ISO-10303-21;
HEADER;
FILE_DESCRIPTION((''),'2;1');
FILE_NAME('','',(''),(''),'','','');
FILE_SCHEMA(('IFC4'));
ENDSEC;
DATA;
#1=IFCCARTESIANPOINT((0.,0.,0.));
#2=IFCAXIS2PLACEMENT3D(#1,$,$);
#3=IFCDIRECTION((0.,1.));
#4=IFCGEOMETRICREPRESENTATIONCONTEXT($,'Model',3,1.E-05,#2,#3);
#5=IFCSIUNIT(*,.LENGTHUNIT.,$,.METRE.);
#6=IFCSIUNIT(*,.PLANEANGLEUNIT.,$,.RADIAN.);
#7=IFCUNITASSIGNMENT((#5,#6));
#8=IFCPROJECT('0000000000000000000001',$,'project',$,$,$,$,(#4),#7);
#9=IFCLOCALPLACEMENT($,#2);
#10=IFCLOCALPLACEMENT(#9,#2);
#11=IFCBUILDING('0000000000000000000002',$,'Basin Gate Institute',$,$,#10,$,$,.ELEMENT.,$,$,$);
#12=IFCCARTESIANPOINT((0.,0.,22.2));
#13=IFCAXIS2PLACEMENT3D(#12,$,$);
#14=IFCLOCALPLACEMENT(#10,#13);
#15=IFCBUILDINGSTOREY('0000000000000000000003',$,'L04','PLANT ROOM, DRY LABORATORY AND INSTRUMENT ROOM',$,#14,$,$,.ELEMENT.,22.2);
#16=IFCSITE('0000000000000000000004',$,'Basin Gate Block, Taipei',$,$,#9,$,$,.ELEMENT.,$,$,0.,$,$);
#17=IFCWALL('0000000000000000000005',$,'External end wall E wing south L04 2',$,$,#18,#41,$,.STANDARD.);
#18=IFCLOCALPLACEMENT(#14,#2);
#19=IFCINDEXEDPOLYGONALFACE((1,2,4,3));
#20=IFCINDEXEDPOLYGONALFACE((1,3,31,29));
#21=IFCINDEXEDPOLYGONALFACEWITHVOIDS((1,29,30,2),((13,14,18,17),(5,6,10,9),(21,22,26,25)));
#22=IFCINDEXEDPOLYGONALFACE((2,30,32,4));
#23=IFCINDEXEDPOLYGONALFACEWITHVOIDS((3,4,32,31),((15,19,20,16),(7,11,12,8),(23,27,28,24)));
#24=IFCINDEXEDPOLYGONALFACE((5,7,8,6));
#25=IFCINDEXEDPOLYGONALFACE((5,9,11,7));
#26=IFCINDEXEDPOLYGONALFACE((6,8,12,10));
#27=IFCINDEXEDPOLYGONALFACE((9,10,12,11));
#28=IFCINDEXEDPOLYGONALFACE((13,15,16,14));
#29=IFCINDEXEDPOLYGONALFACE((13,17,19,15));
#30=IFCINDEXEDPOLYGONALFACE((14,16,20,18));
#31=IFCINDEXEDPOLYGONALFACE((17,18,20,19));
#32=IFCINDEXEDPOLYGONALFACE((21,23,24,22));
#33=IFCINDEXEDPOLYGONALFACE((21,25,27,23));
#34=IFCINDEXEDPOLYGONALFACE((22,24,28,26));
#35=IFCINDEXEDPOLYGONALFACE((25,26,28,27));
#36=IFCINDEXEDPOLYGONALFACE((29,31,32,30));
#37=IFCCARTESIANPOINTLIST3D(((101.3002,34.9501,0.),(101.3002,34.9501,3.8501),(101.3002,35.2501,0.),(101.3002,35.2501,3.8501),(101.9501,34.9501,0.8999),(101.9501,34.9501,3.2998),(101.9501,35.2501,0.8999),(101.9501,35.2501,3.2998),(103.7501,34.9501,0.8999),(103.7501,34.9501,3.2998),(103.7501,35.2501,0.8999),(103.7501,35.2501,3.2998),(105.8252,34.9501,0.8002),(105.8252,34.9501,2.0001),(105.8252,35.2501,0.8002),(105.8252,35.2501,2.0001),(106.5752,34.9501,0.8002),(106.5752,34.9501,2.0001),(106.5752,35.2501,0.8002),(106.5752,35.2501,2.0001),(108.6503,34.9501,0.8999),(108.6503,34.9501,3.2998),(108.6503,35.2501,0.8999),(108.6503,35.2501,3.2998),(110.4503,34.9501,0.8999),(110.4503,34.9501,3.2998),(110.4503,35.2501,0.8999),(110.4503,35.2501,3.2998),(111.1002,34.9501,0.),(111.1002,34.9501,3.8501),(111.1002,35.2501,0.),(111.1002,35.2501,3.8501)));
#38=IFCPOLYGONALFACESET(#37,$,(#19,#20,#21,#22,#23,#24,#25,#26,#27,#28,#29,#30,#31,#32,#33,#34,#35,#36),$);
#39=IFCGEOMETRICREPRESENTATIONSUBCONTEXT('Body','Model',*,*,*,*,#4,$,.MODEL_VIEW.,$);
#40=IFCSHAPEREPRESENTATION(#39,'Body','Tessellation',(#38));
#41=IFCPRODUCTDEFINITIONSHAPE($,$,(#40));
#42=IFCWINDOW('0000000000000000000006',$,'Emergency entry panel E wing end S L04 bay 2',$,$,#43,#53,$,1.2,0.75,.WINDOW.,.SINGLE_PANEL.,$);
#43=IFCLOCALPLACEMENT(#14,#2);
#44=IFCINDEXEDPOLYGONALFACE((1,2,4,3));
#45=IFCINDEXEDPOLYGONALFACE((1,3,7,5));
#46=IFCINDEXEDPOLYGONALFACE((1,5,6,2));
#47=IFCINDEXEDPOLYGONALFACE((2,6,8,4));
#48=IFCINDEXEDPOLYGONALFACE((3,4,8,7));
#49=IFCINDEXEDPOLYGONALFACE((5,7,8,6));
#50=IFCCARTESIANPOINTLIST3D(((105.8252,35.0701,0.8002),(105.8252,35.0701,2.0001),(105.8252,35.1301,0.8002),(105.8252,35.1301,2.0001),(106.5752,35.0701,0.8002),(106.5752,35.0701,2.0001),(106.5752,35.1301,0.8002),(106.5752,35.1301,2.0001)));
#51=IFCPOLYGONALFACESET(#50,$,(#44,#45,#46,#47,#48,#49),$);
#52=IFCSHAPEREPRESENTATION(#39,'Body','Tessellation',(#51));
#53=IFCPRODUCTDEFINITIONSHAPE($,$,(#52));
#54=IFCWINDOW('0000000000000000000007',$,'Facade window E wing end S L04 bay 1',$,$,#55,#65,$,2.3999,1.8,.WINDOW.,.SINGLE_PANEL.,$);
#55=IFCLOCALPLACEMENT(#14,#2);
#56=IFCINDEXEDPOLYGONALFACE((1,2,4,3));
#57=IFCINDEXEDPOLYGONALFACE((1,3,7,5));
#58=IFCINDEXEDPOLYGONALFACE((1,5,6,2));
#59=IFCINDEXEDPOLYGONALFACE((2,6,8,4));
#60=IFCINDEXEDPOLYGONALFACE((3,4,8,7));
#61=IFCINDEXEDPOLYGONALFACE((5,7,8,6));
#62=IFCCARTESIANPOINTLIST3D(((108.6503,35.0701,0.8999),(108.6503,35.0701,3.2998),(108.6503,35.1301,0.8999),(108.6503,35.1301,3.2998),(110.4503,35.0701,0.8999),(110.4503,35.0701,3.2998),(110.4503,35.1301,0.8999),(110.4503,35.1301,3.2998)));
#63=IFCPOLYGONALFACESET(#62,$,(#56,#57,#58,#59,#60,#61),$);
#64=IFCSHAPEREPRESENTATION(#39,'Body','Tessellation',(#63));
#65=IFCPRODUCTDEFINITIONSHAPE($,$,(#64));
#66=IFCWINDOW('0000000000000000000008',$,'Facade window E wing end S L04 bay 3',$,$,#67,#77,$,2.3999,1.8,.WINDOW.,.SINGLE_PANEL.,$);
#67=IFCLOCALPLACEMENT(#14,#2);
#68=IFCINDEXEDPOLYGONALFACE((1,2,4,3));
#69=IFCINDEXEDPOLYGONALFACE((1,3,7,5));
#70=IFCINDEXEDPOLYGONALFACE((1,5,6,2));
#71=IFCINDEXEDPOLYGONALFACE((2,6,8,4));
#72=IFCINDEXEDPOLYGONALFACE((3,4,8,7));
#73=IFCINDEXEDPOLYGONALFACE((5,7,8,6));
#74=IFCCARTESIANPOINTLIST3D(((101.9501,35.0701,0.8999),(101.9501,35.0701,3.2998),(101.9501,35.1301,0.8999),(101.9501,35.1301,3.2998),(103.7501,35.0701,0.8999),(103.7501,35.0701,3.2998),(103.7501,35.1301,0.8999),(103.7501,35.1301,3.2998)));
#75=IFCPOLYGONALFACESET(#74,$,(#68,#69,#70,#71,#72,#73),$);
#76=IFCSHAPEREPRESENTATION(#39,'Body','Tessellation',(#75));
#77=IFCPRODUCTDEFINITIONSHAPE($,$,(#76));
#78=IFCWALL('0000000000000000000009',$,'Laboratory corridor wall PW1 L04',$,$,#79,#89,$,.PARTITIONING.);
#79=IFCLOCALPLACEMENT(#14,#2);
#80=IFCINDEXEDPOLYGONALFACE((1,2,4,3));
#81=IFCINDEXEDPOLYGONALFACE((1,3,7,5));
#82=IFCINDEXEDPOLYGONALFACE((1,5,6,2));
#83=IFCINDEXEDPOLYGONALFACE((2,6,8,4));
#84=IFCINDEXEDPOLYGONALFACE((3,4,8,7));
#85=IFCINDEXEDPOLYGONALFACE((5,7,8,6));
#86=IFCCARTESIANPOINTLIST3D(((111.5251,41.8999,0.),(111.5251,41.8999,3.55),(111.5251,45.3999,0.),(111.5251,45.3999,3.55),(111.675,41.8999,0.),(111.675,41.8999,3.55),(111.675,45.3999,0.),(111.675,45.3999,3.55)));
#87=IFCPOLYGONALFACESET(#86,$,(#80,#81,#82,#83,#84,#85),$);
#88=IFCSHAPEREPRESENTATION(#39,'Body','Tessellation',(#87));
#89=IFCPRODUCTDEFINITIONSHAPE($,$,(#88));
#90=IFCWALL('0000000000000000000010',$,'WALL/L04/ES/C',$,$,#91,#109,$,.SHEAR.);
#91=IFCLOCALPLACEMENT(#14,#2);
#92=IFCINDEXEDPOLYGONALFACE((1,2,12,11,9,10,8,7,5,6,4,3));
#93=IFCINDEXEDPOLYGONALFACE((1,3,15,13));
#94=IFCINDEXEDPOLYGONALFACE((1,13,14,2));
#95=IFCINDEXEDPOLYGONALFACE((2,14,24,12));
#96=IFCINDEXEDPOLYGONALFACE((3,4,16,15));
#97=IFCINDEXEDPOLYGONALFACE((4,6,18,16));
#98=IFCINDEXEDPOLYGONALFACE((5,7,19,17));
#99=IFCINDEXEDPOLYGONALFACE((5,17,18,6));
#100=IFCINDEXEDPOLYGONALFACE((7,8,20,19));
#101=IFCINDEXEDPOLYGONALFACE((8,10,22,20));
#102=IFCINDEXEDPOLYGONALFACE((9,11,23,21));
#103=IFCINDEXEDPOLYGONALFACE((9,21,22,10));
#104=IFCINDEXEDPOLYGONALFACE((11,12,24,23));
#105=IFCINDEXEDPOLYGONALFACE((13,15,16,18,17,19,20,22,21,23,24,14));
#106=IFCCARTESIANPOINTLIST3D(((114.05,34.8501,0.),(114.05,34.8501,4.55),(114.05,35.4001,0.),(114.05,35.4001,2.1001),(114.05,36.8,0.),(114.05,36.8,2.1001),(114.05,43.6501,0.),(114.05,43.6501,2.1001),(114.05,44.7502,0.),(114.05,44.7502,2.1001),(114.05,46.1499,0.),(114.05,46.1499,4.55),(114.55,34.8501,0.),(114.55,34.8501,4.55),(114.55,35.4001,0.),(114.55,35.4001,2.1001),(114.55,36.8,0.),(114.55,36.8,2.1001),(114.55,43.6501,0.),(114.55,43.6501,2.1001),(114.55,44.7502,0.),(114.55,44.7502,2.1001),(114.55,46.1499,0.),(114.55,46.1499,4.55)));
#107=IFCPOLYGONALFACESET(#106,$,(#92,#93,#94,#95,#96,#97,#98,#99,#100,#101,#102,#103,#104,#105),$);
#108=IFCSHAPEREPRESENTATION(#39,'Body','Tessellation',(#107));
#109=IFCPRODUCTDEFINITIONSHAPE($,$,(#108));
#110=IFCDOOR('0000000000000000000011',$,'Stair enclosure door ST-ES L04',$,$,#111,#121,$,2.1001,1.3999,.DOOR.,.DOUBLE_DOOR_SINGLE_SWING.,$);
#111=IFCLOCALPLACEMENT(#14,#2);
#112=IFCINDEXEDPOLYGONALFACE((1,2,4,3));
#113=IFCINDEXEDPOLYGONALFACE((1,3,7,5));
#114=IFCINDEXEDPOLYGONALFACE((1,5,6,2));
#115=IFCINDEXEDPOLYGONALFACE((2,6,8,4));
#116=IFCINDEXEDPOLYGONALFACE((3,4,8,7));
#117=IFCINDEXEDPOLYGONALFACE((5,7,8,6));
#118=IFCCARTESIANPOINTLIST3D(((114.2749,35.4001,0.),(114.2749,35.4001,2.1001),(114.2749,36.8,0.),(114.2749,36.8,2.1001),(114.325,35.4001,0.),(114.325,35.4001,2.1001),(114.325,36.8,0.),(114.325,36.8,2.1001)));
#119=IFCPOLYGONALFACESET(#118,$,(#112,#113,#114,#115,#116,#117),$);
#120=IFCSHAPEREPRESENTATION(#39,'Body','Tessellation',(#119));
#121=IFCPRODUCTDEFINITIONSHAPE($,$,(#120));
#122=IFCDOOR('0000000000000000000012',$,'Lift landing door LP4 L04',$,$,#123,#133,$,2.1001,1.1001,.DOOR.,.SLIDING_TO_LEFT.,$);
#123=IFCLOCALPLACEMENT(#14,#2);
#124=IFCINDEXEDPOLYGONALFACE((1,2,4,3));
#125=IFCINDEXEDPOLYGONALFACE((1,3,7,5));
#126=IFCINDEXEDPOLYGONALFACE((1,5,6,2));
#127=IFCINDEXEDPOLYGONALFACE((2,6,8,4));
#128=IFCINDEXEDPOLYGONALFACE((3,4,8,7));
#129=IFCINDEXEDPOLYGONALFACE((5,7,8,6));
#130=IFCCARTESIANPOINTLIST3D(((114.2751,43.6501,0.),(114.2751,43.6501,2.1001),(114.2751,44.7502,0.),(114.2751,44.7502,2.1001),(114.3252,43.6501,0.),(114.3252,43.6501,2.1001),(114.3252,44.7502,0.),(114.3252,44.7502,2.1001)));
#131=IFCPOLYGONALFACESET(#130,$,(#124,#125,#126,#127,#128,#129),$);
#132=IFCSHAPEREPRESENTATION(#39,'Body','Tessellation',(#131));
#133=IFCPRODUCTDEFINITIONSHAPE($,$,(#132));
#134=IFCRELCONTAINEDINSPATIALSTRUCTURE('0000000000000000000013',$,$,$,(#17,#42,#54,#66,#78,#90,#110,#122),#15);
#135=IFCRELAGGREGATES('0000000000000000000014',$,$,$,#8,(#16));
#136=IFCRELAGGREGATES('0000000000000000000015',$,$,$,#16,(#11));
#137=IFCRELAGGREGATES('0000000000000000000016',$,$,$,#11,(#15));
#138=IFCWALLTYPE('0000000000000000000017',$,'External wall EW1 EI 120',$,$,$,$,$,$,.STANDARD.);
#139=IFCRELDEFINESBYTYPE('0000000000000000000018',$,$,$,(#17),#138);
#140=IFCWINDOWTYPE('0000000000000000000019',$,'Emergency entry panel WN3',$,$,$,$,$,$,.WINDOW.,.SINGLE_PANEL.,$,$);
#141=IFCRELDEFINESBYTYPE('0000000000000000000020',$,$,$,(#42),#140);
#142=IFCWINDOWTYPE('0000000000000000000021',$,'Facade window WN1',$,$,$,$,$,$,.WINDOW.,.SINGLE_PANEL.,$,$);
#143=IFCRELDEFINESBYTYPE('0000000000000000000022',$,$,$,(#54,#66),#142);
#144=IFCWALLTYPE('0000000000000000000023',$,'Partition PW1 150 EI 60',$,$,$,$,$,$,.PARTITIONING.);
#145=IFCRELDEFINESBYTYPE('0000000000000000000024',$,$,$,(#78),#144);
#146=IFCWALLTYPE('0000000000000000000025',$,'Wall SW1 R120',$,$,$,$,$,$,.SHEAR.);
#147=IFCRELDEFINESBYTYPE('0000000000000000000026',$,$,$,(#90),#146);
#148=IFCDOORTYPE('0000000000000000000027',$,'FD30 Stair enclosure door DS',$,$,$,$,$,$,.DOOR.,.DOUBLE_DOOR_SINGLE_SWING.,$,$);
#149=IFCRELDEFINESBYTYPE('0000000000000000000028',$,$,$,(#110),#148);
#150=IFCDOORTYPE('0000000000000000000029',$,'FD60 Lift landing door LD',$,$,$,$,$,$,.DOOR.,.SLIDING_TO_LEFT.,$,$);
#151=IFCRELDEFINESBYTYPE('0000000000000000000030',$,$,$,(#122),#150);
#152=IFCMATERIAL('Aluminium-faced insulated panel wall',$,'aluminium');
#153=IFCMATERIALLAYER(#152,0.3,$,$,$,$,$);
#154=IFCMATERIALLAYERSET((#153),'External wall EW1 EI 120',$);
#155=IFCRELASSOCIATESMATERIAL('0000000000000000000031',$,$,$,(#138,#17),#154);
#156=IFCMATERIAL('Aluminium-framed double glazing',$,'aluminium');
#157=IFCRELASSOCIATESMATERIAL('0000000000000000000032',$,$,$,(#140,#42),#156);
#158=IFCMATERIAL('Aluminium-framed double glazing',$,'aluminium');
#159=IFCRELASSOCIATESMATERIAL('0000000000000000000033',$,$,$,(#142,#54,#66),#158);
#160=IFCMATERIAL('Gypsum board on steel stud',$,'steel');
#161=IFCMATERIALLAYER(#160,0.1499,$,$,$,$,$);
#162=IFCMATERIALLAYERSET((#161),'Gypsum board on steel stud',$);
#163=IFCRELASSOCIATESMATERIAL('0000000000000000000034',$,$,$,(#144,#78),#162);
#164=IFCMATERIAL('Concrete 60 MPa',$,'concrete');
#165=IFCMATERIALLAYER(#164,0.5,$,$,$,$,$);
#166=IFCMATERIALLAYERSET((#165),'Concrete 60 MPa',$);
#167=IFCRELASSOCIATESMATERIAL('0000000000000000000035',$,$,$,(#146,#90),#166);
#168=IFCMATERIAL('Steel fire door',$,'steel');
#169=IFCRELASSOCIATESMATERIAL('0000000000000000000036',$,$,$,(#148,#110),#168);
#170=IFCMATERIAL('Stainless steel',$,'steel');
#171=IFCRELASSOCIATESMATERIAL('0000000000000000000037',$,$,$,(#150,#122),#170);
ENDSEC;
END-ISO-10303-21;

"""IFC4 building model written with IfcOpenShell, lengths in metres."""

from ifc_helpers import new_model, si_unit, direction, frame, frame_2d, origin, place, context, subcontext, project, spatial, rectangle, extrude, material, layer, layer_set, type_object, element, fill, save


model = new_model("IFC4")

# Units and contexts
model_context = context("Model", 3, precision=1e-05, world=origin(), true_north=direction((0.0, 1.0)))
body_context = subcontext(model_context, "Body", "Model", "MODEL_VIEW")
ifc_project = project(units=[si_unit("LENGTHUNIT", "METRE"), si_unit("PLANEANGLEUNIT", "RADIAN")], contexts=[model_context])

# Site, building, storey
site_placement = place(None, origin())
site = spatial("IfcSite", under=ifc_project, at=site_placement, Name="Basin Gate Block, Taipei", CompositionType="ELEMENT", RefElevation=0.0)
building_placement = place(site_placement, origin())
building = spatial("IfcBuilding", under=site, at=building_placement, Name="Basin Gate Institute", CompositionType="ELEMENT")
storey_placement = place(building_placement, frame((0.0, 0.0, 22.2)))
storey = spatial("IfcBuildingStorey", under=building, at=storey_placement, Name="L04", Description="PLANT ROOM, DRY LABORATORY AND INSTRUMENT ROOM", CompositionType="ELEMENT", Elevation=22.2)

# Shared definitions
ifc_material_1 = material(Name="Aluminium-faced insulated panel wall", Category="aluminium")
ifc_layer_1 = layer(ifc_material_1, 0.3)
ifc_layer_set_1 = layer_set([ifc_layer_1], Name="External wall EW1 EI 120")
wall_type_1 = type_object("IfcWallType", Name="External wall EW1 EI 120", PredefinedType="STANDARD", material=ifc_layer_set_1)

# Wall, openings, windows
wall_1_placement = place(storey_placement, frame((111.1001, 35.1001, 0.0), z_axis=(0.0, 0.0, 1.0), x_axis=(-1.0, 0.0, 0.0)))
wall_1 = element("IfcWall", 1, at=wall_1_placement, inside=storey, type_object=wall_type_1, material=ifc_layer_set_1, Name="External end wall E wing south L04 2", PredefinedType="STANDARD", context=body_context, shape_type="SweptSolid", body=[
    extrude(rectangle(XDim=9.8, YDim=0.3, at=frame_2d((4.8999, 0.0))), origin(), (0.0, 0.0, 1.0), 3.8501),
])
opening_1_placement = place(wall_1_placement, frame((0.6499, 0.0, 0.8999)))
opening_1 = element("IfcOpeningElement", 2, at=opening_1_placement, cuts=wall_1, PredefinedType="OPENING", context=body_context, shape_type="SweptSolid", body=[
    extrude(rectangle(XDim=1.8, YDim=2.3999, at=frame_2d((0.8999, 1.2))), frame((0.0, 0.1602, 0.0), z_axis=(0.0, -1.0, 0.0), x_axis=(1.0, 0.0, 0.0)), (0.0, 0.0, 1.0), 0.3201),
])
opening_2_placement = place(wall_1_placement, frame((4.5249, 0.0, 0.8)))
opening_2 = element("IfcOpeningElement", 3, at=opening_2_placement, cuts=wall_1, PredefinedType="OPENING", context=body_context, shape_type="SweptSolid", body=[
    extrude(rectangle(XDim=0.75, YDim=1.2, at=frame_2d((0.375, 0.6001))), frame((0.0, 0.1602, 0.0), z_axis=(0.0, -1.0, 0.0), x_axis=(1.0, 0.0, 0.0)), (0.0, 0.0, 1.0), 0.3201),
])
opening_3_placement = place(wall_1_placement, frame((7.3501, 0.0, 0.8999)))
opening_3 = element("IfcOpeningElement", 4, at=opening_3_placement, cuts=wall_1, PredefinedType="OPENING", context=body_context, shape_type="SweptSolid", body=[
    extrude(rectangle(XDim=1.8, YDim=2.3999, at=frame_2d((0.8999, 1.2))), frame((0.0, 0.1602, 0.0), z_axis=(0.0, -1.0, 0.0), x_axis=(1.0, 0.0, 0.0)), (0.0, 0.0, 1.0), 0.3201),
])
ifc_material_2 = material(Name="Aluminium-framed double glazing", Category="aluminium")
window_type_1 = type_object("IfcWindowType", Name="Emergency entry panel WN3", PartitioningType="SINGLE_PANEL", PredefinedType="WINDOW", material=ifc_material_2)
window_1_placement = place(opening_2_placement, origin())
window_1 = element("IfcWindow", 5, at=window_1_placement, inside=storey, type_object=window_type_1, material=ifc_material_2, Name="Emergency entry panel E wing end S L04 bay 2", OverallHeight=1.2, OverallWidth=0.75, PartitioningType="SINGLE_PANEL", PredefinedType="WINDOW", context=body_context, shape_type="SweptSolid", body=[
    extrude(rectangle(XDim=0.75, YDim=1.2, at=frame_2d((0.375, 0.6001))), frame((0.0, 0.03, 0.0), z_axis=(0.0, -1.0, 0.0), x_axis=(1.0, 0.0, 0.0)), (0.0, 0.0, 1.0), 0.0601),
])
fill(opening_2, window_1)
ifc_material_3 = material(Name="Aluminium-framed double glazing", Category="aluminium")
window_type_2 = type_object("IfcWindowType", Name="Facade window WN1", PartitioningType="SINGLE_PANEL", PredefinedType="WINDOW", material=ifc_material_3)
window_2_placement = place(opening_1_placement, origin())
window_2 = element("IfcWindow", 6, at=window_2_placement, inside=storey, type_object=window_type_2, material=ifc_material_3, Name="Facade window E wing end S L04 bay 1", OverallHeight=2.3999, OverallWidth=1.8, PartitioningType="SINGLE_PANEL", PredefinedType="WINDOW", context=body_context, shape_type="SweptSolid", body=[
    extrude(rectangle(XDim=1.8, YDim=2.3999, at=frame_2d((0.8999, 1.2))), frame((0.0, 0.03, 0.0), z_axis=(0.0, -1.0, 0.0), x_axis=(1.0, 0.0, 0.0)), (0.0, 0.0, 1.0), 0.0601),
])
fill(opening_1, window_2)
window_3_placement = place(opening_3_placement, origin())
window_3 = element("IfcWindow", 7, at=window_3_placement, inside=storey, type_object=window_type_2, material=ifc_material_3, Name="Facade window E wing end S L04 bay 3", OverallHeight=2.3999, OverallWidth=1.8, PartitioningType="SINGLE_PANEL", PredefinedType="WINDOW", context=body_context, shape_type="SweptSolid", body=[
    extrude(rectangle(XDim=1.8, YDim=2.3999, at=frame_2d((0.8999, 1.2))), frame((0.0, 0.03, 0.0), z_axis=(0.0, -1.0, 0.0), x_axis=(1.0, 0.0, 0.0)), (0.0, 0.0, 1.0), 0.0601),
])
fill(opening_3, window_3)

# Wall
ifc_material_4 = material(Name="Gypsum board on steel stud", Category="steel")
ifc_layer_2 = layer(ifc_material_4, 0.1499)
ifc_layer_set_2 = layer_set([ifc_layer_2], Name="Gypsum board on steel stud")
wall_type_2 = type_object("IfcWallType", Name="Partition PW1 150 EI 60", PredefinedType="PARTITIONING", material=ifc_layer_set_2)
wall_2_placement = place(storey_placement, frame((111.6001, 41.8999, 0.0), z_axis=(0.0, 0.0, 1.0), x_axis=(0.0, 1.0, 0.0)))
element("IfcWall", 8, at=wall_2_placement, inside=storey, type_object=wall_type_2, material=ifc_layer_set_2, Name="Laboratory corridor wall PW1 L04", PredefinedType="PARTITIONING", context=body_context, shape_type="SweptSolid", body=[
    extrude(rectangle(XDim=3.5, YDim=0.1499, at=frame_2d((1.75, 0.0))), origin(), (0.0, 0.0, 1.0), 3.55),
])

# Wall, openings, doors
ifc_material_5 = material(Name="Concrete 60 MPa", Category="concrete")
ifc_layer_3 = layer(ifc_material_5, 0.5)
ifc_layer_set_3 = layer_set([ifc_layer_3], Name="Concrete 60 MPa")
wall_type_3 = type_object("IfcWallType", Name="Wall SW1 R120", PredefinedType="SHEAR", material=ifc_layer_set_3)
wall_3_placement = place(storey_placement, frame((114.3, 34.8501, 0.0), z_axis=(0.0, 0.0, 1.0), x_axis=(0.0, 1.0, 0.0)))
wall_3 = element("IfcWall", 9, at=wall_3_placement, inside=storey, type_object=wall_type_3, material=ifc_layer_set_3, Name="WALL/L04/ES/C", PredefinedType="SHEAR", context=body_context, shape_type="SweptSolid", body=[
    extrude(rectangle(XDim=11.2998, YDim=0.5, at=frame_2d((5.6499, 0.0))), origin(), (0.0, 0.0, 1.0), 4.55),
])
opening_4_placement = place(wall_3_placement, frame((0.55, 0.0, 0.0)))
opening_4 = element("IfcOpeningElement", 10, at=opening_4_placement, cuts=wall_3, PredefinedType="OPENING", context=body_context, shape_type="SweptSolid", body=[
    extrude(rectangle(XDim=1.3999, YDim=2.1001, at=frame_2d((0.7, 1.05))), frame((0.0, 0.26, 0.0), z_axis=(0.0, -1.0, 0.0), x_axis=(1.0, 0.0, 0.0)), (0.0, 0.0, 1.0), 0.52),
])
opening_5_placement = place(wall_3_placement, frame((8.8, 0.0, 0.0)))
opening_5 = element("IfcOpeningElement", 11, at=opening_5_placement, cuts=wall_3, PredefinedType="OPENING", context=body_context, shape_type="SweptSolid", body=[
    extrude(rectangle(XDim=1.1001, YDim=2.1001, at=frame_2d((0.55, 1.05))), frame((0.0, 0.26, 0.0), z_axis=(0.0, -1.0, 0.0), x_axis=(1.0, 0.0, 0.0)), (0.0, 0.0, 1.0), 0.52),
])
ifc_material_6 = material(Name="Steel fire door", Category="steel")
door_type_1 = type_object("IfcDoorType", Name="FD30 Stair enclosure door DS", OperationType="DOUBLE_DOOR_SINGLE_SWING", PredefinedType="DOOR", material=ifc_material_6)
door_1_placement = place(opening_4_placement, frame((1.3999, 0.0, 0.0), z_axis=(0.0, 0.0, 1.0), x_axis=(-1.0, 0.0, 0.0)))
door_1 = element("IfcDoor", 12, at=door_1_placement, inside=storey, type_object=door_type_1, material=ifc_material_6, Name="Stair enclosure door ST-ES L04", OperationType="DOUBLE_DOOR_SINGLE_SWING", OverallHeight=2.1001, OverallWidth=1.3999, PredefinedType="DOOR", context=body_context, shape_type="SweptSolid", body=[
    extrude(rectangle(XDim=1.3999, YDim=2.1001, at=frame_2d((0.7, 1.05))), frame((0.0, 0.0249, 0.0), z_axis=(0.0, -1.0, 0.0), x_axis=(1.0, 0.0, 0.0)), (0.0, 0.0, 1.0), 0.05),
])
fill(opening_4, door_1)
ifc_material_7 = material(Name="Stainless steel", Category="steel")
door_type_2 = type_object("IfcDoorType", Name="FD60 Lift landing door LD", OperationType="SLIDING_TO_LEFT", PredefinedType="DOOR", material=ifc_material_7)
door_2_placement = place(opening_5_placement, origin())
door_2 = element("IfcDoor", 13, at=door_2_placement, inside=storey, type_object=door_type_2, material=ifc_material_7, Name="Lift landing door LP4 L04", OperationType="SLIDING_TO_LEFT", OverallHeight=2.1001, OverallWidth=1.1001, PredefinedType="DOOR", context=body_context, shape_type="SweptSolid", body=[
    extrude(rectangle(XDim=1.1001, YDim=2.1001, at=frame_2d((0.55, 1.05))), frame((0.0, 0.0249, 0.0), z_axis=(0.0, -1.0, 0.0), x_axis=(1.0, 0.0, 0.0)), (0.0, 0.0, 1.0), 0.05),
])
fill(opening_5, door_2)

save(model, "model.ifc")
